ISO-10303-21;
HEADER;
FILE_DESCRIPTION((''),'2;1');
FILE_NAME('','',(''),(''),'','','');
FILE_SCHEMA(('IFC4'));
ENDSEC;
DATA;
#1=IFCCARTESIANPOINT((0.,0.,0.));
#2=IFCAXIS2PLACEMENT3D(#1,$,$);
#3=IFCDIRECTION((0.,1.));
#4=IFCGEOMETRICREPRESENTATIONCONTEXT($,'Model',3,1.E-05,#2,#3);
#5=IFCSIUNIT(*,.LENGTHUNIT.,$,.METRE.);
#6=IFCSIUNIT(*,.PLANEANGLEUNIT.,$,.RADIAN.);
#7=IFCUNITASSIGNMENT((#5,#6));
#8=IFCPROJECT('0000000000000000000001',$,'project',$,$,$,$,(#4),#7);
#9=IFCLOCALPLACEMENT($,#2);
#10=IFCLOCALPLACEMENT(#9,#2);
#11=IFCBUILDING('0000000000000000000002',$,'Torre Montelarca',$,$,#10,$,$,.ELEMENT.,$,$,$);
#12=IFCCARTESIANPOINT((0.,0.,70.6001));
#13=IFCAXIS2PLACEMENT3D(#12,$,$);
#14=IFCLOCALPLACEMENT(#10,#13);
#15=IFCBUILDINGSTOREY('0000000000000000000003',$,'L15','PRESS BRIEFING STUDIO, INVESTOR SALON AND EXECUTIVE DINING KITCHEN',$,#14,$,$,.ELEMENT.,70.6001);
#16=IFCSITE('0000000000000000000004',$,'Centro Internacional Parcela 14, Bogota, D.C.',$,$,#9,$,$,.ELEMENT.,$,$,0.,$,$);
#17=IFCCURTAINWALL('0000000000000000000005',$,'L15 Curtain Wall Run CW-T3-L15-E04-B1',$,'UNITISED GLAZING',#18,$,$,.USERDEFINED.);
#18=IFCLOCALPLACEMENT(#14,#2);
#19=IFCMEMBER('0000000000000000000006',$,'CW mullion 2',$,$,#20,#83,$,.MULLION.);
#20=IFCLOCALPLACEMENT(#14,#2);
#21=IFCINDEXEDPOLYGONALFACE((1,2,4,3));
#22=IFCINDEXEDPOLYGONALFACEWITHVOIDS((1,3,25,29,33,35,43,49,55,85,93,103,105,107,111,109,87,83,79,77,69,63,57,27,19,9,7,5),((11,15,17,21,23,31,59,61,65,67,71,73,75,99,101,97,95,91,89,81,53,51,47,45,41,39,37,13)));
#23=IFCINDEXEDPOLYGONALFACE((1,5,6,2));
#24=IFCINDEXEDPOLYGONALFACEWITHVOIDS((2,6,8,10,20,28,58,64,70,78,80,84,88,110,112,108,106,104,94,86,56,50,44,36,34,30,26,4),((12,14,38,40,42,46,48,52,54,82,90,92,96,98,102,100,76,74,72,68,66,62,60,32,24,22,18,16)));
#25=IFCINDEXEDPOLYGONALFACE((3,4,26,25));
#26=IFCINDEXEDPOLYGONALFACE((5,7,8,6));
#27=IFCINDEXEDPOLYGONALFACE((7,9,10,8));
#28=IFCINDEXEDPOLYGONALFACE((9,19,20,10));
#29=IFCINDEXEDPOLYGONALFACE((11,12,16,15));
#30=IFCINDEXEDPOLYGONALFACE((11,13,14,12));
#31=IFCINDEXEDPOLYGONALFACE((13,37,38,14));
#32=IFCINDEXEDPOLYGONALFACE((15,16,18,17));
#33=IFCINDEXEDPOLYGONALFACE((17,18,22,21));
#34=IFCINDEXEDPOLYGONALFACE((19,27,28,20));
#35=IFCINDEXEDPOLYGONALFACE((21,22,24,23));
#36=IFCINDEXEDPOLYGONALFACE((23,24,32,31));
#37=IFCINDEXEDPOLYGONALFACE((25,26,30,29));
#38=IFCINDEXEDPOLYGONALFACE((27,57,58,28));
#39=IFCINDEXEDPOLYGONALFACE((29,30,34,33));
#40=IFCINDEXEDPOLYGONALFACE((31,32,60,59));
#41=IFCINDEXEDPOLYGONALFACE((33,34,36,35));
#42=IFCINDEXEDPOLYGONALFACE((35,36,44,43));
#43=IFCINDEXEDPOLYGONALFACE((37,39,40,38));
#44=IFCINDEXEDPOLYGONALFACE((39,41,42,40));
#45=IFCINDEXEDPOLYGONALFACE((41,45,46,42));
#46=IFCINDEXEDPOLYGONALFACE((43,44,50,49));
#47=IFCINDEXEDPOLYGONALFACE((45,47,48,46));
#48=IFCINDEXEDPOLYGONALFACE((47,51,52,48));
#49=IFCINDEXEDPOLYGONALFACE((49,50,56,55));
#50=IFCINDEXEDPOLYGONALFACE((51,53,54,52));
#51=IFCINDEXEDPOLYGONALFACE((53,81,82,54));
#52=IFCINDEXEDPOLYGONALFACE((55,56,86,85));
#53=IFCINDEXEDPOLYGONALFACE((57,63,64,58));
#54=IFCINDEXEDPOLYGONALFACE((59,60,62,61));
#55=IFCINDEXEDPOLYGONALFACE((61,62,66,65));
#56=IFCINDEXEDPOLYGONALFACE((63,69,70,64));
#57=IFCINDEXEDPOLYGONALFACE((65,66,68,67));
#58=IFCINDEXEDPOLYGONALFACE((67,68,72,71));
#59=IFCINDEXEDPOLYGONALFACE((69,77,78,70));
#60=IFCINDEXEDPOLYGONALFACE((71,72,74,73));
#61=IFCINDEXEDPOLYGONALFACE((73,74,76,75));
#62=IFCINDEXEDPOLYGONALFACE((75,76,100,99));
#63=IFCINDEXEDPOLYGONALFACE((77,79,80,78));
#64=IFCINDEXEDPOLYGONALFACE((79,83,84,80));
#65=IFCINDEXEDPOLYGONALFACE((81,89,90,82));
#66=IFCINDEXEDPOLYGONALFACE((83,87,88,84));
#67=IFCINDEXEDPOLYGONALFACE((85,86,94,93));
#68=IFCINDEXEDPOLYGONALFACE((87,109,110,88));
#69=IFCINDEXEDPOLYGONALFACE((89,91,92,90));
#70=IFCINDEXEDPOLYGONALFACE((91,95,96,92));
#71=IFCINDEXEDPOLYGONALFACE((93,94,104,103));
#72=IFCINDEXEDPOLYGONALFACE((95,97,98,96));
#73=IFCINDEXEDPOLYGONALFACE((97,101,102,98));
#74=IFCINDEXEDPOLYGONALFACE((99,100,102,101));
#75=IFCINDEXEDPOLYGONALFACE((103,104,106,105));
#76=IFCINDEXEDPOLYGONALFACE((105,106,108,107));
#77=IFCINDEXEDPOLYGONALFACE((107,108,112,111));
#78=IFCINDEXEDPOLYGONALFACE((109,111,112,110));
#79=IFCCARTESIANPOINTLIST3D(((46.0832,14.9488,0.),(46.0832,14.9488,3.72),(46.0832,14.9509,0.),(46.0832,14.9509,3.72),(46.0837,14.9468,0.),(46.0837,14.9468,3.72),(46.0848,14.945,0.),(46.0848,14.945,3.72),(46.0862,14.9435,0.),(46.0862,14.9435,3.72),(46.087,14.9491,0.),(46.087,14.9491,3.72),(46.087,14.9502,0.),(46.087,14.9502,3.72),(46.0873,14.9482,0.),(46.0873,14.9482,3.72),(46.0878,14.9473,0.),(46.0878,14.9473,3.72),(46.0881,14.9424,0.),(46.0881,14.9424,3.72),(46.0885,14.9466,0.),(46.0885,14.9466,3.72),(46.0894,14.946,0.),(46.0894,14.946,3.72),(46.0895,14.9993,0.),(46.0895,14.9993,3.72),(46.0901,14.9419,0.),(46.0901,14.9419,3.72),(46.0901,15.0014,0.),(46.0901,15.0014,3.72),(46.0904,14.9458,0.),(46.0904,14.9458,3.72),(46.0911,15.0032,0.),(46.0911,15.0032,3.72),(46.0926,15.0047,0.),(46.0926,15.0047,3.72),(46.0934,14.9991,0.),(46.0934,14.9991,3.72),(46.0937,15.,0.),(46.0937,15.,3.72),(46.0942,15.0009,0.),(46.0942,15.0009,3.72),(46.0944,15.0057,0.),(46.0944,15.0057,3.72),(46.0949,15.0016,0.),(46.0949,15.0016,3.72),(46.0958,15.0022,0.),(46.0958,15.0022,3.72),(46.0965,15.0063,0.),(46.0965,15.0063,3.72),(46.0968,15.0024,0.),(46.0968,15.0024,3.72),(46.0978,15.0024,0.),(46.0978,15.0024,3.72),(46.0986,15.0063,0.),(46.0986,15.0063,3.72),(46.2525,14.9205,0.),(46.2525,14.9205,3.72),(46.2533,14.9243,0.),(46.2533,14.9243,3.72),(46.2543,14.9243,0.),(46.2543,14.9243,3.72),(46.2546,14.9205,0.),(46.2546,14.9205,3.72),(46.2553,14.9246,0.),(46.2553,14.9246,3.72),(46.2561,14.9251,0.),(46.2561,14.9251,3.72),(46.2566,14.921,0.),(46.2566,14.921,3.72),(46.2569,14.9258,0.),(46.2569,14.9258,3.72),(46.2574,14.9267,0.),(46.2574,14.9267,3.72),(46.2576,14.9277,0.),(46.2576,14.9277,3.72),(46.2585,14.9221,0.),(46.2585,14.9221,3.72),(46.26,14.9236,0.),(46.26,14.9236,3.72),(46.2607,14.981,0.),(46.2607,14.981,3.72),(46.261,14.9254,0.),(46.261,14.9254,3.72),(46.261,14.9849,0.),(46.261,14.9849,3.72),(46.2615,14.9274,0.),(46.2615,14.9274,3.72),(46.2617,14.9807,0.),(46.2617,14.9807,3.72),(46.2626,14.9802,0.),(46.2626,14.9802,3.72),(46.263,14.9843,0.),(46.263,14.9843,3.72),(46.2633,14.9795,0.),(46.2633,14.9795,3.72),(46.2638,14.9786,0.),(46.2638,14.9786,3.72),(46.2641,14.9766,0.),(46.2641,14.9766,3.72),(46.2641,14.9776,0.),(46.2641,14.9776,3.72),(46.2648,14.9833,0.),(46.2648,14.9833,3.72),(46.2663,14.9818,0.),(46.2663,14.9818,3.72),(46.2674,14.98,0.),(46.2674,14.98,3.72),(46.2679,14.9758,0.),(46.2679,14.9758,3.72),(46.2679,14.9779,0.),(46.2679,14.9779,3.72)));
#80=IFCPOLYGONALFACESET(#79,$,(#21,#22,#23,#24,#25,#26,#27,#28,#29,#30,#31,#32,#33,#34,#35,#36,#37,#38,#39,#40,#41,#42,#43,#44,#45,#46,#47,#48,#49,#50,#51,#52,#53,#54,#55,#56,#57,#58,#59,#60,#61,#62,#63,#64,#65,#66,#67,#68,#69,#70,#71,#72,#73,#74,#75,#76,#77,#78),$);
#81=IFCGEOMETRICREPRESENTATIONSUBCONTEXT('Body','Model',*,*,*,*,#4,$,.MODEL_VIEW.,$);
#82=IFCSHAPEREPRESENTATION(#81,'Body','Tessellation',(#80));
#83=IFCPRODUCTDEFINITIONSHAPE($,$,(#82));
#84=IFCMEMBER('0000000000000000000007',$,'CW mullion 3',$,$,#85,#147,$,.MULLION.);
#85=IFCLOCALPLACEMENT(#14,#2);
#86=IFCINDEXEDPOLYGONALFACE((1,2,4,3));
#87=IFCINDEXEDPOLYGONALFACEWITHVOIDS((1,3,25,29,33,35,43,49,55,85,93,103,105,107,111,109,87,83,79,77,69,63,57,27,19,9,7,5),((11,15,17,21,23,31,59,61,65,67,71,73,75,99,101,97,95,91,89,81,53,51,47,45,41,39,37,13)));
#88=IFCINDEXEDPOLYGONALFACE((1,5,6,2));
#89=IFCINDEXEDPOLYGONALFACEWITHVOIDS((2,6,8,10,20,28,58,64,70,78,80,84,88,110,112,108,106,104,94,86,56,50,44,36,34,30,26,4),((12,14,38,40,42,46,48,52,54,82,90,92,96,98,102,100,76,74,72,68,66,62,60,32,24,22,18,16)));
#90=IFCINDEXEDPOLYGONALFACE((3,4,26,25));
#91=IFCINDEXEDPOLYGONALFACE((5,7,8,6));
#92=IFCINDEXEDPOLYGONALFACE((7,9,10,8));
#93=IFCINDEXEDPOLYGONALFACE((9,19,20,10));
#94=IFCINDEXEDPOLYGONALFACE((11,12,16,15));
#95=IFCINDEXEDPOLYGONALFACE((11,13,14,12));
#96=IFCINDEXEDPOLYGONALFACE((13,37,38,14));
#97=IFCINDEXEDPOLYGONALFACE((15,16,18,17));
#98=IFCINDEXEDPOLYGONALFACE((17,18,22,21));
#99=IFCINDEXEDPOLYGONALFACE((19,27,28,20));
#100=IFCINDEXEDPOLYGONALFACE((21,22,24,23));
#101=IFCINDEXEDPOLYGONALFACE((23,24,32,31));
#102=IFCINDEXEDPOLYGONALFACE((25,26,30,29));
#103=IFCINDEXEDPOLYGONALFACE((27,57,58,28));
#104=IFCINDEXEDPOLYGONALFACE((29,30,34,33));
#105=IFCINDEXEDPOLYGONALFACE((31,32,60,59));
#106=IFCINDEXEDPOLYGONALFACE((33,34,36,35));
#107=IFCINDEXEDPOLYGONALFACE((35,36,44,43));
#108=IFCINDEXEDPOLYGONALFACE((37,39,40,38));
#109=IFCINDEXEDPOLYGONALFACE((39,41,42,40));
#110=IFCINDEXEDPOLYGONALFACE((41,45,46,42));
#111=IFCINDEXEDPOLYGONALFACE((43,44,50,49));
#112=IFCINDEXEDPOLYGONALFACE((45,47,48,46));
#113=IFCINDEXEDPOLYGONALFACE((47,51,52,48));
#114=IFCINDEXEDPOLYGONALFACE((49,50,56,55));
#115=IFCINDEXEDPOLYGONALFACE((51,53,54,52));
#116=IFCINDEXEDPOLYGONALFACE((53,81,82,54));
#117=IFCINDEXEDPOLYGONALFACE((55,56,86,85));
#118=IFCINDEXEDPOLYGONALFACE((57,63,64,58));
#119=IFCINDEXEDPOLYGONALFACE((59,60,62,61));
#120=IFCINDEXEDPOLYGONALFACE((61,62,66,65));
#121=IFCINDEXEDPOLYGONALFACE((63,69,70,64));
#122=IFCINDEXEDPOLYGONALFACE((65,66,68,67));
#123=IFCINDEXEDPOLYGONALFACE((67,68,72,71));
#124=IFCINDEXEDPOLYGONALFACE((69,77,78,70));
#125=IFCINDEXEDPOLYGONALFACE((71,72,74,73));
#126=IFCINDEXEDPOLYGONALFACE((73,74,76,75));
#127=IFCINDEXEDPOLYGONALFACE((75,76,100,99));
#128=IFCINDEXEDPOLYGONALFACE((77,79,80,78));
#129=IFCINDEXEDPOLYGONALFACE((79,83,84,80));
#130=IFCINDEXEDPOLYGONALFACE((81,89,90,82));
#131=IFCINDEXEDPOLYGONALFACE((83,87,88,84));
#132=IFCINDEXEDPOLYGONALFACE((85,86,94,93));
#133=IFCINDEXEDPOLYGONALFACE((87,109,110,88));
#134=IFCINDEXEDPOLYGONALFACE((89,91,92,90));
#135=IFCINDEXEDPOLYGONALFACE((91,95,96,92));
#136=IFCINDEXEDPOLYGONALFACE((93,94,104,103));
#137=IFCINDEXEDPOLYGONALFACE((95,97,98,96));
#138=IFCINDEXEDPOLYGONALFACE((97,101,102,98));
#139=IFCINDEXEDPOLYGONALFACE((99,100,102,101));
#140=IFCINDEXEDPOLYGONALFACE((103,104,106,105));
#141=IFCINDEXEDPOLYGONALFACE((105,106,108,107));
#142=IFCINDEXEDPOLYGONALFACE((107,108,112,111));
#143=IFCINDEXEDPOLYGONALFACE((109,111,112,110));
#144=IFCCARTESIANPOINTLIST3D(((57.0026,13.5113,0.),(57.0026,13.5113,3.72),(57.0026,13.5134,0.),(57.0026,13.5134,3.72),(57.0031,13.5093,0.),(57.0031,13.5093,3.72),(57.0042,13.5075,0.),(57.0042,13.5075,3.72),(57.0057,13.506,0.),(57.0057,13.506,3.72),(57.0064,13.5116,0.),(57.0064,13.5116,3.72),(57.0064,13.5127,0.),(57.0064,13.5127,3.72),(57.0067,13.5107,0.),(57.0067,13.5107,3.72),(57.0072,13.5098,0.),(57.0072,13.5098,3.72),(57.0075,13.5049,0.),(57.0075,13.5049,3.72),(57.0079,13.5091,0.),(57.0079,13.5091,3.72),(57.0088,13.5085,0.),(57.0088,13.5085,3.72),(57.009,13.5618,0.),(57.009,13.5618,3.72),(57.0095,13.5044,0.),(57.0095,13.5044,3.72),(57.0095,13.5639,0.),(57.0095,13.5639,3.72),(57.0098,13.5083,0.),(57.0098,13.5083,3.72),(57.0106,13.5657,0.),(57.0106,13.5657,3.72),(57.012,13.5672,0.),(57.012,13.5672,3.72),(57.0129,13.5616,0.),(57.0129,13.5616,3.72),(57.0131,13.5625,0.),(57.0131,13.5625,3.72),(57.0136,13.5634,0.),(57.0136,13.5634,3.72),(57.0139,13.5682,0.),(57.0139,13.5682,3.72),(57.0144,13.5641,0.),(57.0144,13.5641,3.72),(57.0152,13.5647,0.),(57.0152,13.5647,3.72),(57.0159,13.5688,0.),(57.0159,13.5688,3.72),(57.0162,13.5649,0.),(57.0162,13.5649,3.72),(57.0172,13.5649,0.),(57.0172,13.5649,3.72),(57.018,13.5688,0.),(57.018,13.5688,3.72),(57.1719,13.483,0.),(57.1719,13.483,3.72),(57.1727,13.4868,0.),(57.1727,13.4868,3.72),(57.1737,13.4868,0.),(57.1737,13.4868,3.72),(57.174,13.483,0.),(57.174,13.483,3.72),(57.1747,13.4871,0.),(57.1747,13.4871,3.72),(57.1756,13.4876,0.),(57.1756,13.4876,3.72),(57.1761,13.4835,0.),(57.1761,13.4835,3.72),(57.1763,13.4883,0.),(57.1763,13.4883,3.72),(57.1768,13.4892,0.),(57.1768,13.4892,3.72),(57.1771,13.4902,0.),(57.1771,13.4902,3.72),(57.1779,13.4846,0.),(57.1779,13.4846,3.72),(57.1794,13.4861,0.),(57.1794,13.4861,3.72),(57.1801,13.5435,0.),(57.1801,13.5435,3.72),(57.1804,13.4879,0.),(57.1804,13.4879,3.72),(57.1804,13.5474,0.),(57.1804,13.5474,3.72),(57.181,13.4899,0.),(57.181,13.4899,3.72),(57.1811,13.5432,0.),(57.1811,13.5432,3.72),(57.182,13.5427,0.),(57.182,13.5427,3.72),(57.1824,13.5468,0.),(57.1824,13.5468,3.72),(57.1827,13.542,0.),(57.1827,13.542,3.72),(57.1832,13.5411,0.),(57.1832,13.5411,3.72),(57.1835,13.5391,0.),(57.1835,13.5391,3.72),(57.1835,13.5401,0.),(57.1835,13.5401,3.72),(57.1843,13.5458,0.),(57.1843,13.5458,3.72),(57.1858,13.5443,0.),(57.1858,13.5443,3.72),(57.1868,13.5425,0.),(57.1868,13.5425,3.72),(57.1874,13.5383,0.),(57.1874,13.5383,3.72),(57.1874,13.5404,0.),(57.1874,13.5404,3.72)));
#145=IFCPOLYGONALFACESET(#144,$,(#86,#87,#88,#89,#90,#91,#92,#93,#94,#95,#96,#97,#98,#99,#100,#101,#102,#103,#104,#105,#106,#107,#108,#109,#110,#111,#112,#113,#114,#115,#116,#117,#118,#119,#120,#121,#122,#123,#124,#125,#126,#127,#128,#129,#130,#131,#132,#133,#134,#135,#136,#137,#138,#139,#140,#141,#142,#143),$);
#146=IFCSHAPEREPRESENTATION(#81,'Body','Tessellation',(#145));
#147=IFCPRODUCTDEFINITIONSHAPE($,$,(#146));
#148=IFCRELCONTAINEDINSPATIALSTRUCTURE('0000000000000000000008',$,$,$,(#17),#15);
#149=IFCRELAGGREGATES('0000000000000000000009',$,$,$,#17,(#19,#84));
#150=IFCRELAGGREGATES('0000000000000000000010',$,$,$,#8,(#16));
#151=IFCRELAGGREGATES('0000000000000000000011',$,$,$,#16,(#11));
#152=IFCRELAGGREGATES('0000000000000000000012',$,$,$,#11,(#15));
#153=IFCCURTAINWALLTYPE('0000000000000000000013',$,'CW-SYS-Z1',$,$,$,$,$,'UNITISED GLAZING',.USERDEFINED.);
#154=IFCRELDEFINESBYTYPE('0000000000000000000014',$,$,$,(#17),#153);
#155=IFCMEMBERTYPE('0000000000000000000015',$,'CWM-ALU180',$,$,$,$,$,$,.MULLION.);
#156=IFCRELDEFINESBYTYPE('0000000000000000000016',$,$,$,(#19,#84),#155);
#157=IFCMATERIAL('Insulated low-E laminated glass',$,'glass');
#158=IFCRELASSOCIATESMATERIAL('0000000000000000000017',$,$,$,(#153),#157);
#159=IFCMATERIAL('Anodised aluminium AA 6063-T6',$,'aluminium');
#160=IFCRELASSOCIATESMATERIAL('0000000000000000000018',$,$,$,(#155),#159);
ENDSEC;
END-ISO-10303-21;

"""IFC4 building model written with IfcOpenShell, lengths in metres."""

from ifc_helpers import new_model, si_unit, direction, frame, origin, origin_2d, place, context, subcontext, project, spatial, hollow_rectangle, extrude, source, transform, mapped, material, material_profile, profile_set, type_object, element, aggregate, save


model = new_model("IFC4")

# Units and contexts
model_context = context("Model", 3, precision=1e-05, world=origin(), true_north=direction((0.0, 1.0)))
body_context = subcontext(model_context, "Body", "Model", "MODEL_VIEW")
ifc_project = project(units=[si_unit("LENGTHUNIT", "METRE"), si_unit("PLANEANGLEUNIT", "RADIAN")], contexts=[model_context])

# Site, building, storey
site_placement = place(None, origin())
site = spatial("IfcSite", under=ifc_project, at=site_placement, Name="Centro Internacional Parcela 14, Bogota, D.C.", CompositionType="ELEMENT", RefElevation=0.0)
building_placement = place(site_placement, origin())
building = spatial("IfcBuilding", under=site, at=building_placement, Name="Torre Montelarca", CompositionType="ELEMENT")
storey_placement = place(building_placement, frame((0.0, 0.0, 70.6001)))
storey = spatial("IfcBuildingStorey", under=building, at=storey_placement, Name="L15", Description="PRESS BRIEFING STUDIO, INVESTOR SALON AND EXECUTIVE DINING KITCHEN", CompositionType="ELEMENT", Elevation=70.6001)

# Curtain wall
ifc_material_1 = material(Name="Insulated low-E laminated glass", Category="glass")
curtain_wall_type = type_object("IfcCurtainWallType", Name="CW-SYS-Z1", ElementType="UNITISED GLAZING", PredefinedType="USERDEFINED", material=ifc_material_1)
curtain_wall_1_placement = place(storey_placement, origin())
curtain_wall_1 = element("IfcCurtainWall", 1, at=curtain_wall_1_placement, inside=storey, type_object=curtain_wall_type, Name="L15 Curtain Wall Run CW-T3-L15-E04-B1", ObjectType="UNITISED GLAZING", PredefinedType="USERDEFINED")
ifc_material_2 = material(Name="Anodised aluminium AA 6063-T6", Category="aluminium")

# Members
ifc_material_profile_1 = material_profile(ifc_material_2, hollow_rectangle(XDim=0.0649, YDim=0.1799, WallThickness=0.0039, InnerFilletRadius=0.0039, OuterFilletRadius=0.0081, at=origin_2d()), Name="ALU65X180X4", Category="aluminium")
ifc_profile_set_1 = profile_set([ifc_material_profile_1], Name="Anodised aluminium AA 6063-T6")
member_type_1 = type_object("IfcMemberType", Name="CWM-ALU180", PredefinedType="MULLION", material=ifc_profile_set_1)
shared_shape_1 = source(origin(), body_context, "Body", "SweptSolid", [
    extrude(hollow_rectangle(XDim=0.0649, YDim=0.1799, WallThickness=0.0039, InnerFilletRadius=0.0039, OuterFilletRadius=0.0081, at=origin_2d()), origin(), (0.0, 0.0, 1.0), 3.72),
])
member_1_placement = place(storey_placement, frame((46.1755, 14.9634, 0.0), z_axis=(0.0, 0.0, 1.0), x_axis=(0.130521, 0.991446, 0.0)))
member_1 = element("IfcMember", 2, at=member_1_placement, type_object=member_type_1, Name="CW mullion 2", PredefinedType="MULLION", context=body_context, shape_type="MappedRepresentation", body=[
    mapped(shared_shape_1, transform((0.0, 0.0, 0.0), scale=1.0)),
])
member_2_placement = place(storey_placement, frame((57.095, 13.5259, 0.0), z_axis=(0.0, 0.0, 1.0), x_axis=(0.130521, 0.991446, 0.0)))
member_2 = element("IfcMember", 3, at=member_2_placement, type_object=member_type_1, Name="CW mullion 3", PredefinedType="MULLION", context=body_context, shape_type="MappedRepresentation", body=[
    mapped(shared_shape_1, transform((0.0, 0.0, 0.0), scale=1.0)),
])

aggregate(curtain_wall_1, [member_1, member_2])

save(model, "model.ifc")
